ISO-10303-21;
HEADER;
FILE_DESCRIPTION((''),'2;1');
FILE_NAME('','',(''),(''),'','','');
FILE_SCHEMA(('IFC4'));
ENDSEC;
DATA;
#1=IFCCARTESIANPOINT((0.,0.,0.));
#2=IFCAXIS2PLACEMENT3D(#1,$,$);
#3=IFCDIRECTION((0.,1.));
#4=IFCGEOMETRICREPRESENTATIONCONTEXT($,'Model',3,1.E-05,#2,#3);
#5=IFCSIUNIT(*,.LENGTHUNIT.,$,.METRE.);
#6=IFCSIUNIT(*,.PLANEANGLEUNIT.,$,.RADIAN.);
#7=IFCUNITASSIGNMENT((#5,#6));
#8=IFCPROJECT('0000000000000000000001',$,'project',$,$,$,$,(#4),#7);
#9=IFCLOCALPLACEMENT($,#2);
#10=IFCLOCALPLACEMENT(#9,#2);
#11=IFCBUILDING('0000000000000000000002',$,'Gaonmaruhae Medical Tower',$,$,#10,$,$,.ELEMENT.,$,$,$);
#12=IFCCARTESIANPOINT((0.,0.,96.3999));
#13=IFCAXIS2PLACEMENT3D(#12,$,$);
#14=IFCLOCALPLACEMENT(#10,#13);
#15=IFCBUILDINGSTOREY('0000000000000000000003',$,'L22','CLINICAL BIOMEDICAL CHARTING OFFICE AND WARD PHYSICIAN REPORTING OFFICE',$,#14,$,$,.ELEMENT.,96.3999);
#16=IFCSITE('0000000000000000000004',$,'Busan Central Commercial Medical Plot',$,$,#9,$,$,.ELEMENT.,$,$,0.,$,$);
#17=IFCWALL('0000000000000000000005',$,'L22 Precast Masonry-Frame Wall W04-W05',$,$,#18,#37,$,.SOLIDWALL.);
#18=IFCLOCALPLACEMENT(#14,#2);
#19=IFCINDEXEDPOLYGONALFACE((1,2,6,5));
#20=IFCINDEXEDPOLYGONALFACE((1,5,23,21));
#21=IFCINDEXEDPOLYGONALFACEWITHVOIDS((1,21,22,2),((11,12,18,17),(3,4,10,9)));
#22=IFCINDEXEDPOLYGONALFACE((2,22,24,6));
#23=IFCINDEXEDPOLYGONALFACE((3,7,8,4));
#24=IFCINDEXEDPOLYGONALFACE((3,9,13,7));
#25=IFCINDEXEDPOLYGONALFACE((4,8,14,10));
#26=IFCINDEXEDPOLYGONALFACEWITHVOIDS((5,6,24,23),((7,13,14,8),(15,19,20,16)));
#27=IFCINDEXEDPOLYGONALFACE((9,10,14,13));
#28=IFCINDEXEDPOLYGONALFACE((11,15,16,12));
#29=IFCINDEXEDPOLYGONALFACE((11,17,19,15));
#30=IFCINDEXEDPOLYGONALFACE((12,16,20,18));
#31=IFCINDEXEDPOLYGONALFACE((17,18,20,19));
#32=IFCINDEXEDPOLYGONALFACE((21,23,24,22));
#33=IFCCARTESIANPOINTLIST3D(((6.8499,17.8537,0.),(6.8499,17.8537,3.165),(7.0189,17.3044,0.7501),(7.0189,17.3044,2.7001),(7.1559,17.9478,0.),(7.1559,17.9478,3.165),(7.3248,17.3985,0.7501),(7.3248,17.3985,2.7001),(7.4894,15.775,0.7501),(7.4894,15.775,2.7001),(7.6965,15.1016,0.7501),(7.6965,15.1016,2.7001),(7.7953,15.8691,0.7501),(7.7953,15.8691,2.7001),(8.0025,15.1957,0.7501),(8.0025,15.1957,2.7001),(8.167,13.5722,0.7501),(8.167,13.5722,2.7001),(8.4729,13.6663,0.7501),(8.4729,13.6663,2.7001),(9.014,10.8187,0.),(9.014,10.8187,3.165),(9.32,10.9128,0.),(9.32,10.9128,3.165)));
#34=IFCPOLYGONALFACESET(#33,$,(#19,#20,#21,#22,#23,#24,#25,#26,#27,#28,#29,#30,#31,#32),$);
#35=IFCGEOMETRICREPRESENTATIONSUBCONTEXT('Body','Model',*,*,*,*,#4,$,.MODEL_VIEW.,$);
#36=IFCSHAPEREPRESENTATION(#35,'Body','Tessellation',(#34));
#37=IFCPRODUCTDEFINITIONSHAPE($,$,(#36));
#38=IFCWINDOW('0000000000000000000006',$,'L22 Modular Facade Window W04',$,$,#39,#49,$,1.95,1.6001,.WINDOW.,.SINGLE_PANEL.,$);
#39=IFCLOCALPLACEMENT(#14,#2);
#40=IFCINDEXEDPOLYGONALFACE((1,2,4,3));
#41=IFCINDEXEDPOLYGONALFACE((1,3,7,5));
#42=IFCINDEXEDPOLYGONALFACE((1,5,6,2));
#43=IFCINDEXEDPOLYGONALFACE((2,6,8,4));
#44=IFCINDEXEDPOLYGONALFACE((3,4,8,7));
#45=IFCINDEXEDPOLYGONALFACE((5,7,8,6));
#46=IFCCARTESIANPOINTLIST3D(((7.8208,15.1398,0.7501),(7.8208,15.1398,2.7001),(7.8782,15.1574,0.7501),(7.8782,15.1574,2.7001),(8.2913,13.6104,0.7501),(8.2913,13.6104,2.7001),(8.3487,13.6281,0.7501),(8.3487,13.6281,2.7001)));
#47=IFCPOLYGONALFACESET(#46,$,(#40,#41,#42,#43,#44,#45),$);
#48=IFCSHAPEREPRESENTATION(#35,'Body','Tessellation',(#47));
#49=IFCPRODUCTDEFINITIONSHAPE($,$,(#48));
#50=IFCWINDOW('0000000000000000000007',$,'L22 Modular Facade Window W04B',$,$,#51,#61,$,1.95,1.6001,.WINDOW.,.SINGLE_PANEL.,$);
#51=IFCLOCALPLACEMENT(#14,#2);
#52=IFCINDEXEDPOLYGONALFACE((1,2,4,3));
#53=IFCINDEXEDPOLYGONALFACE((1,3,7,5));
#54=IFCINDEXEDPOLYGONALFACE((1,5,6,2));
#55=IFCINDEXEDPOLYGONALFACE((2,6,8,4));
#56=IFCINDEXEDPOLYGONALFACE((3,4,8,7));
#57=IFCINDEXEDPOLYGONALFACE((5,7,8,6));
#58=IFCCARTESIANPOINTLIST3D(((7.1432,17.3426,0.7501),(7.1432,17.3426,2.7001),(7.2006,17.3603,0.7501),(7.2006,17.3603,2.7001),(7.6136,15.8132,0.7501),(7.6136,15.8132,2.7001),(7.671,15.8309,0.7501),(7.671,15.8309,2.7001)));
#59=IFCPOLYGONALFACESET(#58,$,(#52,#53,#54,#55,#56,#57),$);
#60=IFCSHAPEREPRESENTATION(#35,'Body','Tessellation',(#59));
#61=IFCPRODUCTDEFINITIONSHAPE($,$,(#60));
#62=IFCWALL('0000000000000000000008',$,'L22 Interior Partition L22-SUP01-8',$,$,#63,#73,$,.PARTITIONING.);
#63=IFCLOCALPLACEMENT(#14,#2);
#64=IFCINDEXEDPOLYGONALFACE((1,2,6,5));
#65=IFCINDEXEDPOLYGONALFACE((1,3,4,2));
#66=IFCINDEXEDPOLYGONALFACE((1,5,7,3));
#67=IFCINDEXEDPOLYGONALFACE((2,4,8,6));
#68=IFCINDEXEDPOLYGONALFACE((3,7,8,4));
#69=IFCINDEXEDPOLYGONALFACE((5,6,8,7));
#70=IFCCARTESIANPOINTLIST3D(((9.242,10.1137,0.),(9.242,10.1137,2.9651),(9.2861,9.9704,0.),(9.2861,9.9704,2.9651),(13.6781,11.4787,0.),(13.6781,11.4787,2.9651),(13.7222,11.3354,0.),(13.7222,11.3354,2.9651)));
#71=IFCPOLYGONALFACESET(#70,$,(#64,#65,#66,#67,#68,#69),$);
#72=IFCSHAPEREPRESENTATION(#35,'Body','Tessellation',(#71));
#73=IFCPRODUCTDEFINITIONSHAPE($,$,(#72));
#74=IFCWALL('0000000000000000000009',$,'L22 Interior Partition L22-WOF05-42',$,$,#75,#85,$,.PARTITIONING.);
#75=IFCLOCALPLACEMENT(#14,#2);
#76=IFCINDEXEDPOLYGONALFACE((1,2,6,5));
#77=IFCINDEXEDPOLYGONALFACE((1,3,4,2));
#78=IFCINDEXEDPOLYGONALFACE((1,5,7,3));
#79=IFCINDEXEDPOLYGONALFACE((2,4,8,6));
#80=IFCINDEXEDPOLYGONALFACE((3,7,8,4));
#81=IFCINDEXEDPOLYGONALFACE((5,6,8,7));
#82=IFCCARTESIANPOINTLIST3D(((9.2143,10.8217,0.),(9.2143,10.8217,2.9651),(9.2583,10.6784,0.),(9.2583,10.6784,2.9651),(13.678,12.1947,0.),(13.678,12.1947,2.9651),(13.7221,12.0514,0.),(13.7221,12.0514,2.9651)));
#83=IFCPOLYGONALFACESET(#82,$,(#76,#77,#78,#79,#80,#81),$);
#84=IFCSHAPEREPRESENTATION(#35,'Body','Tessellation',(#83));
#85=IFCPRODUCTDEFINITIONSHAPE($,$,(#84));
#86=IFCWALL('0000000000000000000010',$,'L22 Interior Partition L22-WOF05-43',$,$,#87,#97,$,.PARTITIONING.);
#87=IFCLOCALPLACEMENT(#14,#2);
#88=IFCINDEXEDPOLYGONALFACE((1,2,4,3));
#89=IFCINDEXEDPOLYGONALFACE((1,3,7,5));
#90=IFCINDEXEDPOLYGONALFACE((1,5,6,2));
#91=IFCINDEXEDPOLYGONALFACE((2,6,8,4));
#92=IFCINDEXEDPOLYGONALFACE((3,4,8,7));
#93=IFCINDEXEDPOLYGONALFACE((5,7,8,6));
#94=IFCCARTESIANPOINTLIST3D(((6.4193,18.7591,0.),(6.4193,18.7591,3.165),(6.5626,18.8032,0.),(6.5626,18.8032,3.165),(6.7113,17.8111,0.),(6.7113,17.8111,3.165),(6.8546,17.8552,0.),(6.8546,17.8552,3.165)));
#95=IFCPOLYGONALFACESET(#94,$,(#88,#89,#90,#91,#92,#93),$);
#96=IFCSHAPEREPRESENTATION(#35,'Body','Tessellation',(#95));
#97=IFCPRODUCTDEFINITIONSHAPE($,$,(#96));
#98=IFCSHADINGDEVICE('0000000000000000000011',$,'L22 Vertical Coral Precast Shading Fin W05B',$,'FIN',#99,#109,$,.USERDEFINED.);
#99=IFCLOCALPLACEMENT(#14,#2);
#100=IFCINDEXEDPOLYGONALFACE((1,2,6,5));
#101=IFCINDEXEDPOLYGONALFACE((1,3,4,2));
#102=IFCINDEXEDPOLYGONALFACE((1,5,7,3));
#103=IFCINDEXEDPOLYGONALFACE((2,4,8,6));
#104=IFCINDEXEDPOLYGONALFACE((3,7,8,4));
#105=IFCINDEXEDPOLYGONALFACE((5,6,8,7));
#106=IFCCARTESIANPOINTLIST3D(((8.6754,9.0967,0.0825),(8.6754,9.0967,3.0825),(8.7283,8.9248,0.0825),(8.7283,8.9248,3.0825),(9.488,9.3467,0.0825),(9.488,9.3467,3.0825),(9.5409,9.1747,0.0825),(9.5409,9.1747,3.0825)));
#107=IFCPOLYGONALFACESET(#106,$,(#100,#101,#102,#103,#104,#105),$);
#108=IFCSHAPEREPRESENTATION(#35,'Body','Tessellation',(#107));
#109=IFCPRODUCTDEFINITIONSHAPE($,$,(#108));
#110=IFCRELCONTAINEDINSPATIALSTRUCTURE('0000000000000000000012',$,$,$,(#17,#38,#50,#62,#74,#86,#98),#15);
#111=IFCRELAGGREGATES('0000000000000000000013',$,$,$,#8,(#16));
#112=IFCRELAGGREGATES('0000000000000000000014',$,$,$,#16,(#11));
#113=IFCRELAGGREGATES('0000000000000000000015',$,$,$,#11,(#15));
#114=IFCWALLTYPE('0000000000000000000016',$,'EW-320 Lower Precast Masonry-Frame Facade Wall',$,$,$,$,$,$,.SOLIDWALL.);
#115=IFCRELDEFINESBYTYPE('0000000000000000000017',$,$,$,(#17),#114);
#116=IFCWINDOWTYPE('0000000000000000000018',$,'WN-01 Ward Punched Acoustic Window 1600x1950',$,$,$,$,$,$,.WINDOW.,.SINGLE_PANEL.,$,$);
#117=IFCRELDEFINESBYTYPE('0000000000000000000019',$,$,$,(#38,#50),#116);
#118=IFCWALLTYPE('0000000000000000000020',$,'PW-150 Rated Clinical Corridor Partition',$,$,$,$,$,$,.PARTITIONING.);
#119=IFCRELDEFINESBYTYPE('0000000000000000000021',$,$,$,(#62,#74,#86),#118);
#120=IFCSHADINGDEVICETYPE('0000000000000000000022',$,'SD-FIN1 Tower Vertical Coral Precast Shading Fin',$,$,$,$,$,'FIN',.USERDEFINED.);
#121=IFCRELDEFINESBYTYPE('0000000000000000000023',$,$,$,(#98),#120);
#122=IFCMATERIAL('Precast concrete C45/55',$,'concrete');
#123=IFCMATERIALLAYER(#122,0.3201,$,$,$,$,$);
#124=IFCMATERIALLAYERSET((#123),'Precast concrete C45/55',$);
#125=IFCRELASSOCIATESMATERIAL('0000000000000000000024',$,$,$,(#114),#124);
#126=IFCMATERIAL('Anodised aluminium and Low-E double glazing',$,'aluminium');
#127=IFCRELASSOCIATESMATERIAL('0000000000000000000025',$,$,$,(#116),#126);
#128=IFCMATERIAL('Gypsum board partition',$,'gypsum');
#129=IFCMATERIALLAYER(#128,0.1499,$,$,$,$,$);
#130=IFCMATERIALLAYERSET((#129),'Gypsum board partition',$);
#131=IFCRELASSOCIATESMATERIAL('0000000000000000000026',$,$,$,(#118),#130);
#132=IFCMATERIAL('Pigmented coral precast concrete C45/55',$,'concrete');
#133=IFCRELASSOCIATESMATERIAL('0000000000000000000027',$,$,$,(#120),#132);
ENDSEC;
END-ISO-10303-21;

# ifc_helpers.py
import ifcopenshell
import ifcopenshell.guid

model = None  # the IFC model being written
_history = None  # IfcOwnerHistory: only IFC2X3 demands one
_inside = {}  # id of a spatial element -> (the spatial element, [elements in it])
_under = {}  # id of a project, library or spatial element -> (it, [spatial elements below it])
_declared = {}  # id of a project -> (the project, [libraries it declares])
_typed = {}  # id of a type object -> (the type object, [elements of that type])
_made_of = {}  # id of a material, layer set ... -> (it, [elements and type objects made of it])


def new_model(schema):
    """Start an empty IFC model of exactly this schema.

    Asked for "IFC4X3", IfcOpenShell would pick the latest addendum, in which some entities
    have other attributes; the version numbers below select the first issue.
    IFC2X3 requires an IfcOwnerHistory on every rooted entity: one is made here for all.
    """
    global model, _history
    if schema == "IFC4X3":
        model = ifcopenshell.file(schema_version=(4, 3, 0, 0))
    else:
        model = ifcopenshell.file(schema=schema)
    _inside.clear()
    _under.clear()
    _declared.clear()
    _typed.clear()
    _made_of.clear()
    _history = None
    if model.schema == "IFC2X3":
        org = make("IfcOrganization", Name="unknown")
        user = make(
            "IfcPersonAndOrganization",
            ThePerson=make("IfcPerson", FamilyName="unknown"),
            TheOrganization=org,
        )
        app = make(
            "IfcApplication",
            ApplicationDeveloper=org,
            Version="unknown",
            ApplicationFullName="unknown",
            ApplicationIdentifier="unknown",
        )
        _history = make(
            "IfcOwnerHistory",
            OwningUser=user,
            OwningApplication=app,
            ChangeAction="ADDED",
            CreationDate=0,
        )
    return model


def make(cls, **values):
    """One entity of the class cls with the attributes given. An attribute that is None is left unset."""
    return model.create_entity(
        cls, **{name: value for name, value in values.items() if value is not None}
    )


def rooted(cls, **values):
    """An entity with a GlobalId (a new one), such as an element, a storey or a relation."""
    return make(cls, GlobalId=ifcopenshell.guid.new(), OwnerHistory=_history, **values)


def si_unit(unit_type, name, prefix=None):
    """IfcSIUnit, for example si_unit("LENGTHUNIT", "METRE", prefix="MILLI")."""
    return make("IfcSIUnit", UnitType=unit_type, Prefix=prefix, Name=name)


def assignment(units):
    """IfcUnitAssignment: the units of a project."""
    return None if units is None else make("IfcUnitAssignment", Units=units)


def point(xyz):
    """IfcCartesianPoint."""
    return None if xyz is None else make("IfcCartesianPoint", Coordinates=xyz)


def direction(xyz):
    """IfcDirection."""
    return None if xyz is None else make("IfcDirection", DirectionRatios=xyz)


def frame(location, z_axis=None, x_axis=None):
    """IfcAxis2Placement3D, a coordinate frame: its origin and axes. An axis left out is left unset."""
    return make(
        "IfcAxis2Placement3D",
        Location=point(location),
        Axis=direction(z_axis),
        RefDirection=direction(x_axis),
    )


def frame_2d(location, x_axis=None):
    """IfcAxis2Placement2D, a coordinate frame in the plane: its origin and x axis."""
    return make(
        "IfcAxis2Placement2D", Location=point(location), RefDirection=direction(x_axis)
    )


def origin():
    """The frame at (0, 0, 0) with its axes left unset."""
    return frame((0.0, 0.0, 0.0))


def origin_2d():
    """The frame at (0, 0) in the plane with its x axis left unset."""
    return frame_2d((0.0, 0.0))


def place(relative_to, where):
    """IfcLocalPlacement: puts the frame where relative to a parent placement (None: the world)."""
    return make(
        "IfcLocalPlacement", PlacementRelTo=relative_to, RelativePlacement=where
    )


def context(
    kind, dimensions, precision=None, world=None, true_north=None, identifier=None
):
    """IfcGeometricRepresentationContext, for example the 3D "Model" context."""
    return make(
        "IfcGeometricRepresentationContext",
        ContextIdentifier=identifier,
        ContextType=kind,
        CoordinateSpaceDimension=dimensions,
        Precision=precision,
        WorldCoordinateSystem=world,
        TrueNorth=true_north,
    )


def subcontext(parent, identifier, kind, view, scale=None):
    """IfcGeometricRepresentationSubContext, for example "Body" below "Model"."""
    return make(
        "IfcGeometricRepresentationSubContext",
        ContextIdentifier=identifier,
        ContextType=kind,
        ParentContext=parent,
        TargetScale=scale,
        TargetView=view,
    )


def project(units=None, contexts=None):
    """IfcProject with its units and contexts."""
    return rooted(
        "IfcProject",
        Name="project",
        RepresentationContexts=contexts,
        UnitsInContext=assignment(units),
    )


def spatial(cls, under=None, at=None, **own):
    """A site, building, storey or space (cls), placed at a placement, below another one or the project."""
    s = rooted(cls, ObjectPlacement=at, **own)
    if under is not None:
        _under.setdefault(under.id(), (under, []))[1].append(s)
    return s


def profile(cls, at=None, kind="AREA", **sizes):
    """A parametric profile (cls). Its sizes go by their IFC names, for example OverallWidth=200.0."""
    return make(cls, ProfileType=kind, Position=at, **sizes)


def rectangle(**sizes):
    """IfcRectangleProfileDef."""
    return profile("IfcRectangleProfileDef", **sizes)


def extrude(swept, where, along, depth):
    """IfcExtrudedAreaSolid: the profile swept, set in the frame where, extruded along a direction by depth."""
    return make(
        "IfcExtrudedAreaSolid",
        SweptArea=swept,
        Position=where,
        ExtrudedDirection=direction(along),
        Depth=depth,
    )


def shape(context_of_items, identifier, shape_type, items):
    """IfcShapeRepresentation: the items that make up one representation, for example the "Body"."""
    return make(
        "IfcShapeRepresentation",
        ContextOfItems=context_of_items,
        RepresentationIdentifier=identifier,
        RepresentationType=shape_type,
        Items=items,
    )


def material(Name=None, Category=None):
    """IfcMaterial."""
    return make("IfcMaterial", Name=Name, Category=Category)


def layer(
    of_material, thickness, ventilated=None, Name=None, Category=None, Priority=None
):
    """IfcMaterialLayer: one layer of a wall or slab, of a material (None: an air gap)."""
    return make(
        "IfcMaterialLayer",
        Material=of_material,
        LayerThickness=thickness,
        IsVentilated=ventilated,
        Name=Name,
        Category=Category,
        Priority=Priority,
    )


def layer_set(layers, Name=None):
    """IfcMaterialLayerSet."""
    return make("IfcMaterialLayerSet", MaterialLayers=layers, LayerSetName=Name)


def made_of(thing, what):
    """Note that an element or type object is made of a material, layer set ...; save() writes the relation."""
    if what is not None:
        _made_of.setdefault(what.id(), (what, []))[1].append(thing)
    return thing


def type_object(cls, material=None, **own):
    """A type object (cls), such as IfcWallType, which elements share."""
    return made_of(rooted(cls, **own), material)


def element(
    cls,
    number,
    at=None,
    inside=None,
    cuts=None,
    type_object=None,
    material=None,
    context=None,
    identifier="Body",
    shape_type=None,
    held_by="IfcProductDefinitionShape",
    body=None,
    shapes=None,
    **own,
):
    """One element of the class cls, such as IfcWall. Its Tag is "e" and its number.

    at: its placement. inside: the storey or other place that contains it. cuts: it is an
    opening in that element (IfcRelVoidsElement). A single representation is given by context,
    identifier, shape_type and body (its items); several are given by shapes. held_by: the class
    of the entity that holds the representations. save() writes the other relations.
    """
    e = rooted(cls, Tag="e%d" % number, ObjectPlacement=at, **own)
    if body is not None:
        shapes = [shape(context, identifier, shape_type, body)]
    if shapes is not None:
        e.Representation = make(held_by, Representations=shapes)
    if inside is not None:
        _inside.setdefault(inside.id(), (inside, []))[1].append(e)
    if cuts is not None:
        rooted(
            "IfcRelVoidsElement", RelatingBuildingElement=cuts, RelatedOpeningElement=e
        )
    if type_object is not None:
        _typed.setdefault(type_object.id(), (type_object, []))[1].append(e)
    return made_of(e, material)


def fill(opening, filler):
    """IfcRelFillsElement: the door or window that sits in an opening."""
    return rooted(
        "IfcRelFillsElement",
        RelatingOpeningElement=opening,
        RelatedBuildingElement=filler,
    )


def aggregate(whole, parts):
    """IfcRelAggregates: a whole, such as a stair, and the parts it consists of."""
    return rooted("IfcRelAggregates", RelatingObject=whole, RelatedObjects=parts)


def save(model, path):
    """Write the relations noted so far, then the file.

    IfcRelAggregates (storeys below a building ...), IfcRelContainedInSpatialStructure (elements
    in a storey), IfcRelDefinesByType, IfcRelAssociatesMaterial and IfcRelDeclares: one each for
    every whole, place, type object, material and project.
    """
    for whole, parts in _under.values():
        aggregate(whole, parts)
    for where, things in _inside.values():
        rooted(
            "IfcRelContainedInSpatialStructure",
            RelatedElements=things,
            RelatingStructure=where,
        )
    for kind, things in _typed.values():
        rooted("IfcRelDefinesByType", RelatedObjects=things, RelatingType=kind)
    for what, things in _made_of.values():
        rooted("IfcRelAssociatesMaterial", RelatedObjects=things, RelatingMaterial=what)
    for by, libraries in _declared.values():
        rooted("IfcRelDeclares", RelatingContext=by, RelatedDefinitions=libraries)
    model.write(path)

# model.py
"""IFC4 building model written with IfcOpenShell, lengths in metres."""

from ifc_helpers import new_model, si_unit, direction, frame, frame_2d, origin, origin_2d, place, context, subcontext, project, spatial, rectangle, extrude, material, layer, layer_set, type_object, element, fill, save


model = new_model("IFC4")

# Units and contexts
model_context = context("Model", 3, precision=1e-05, world=origin(), true_north=direction((0.0, 1.0)))
body_context = subcontext(model_context, "Body", "Model", "MODEL_VIEW")
ifc_project = project(units=[si_unit("LENGTHUNIT", "METRE"), si_unit("PLANEANGLEUNIT", "RADIAN")], contexts=[model_context])

# Site, building, storey
site_placement = place(None, origin())
site = spatial("IfcSite", under=ifc_project, at=site_placement, Name="Busan Central Commercial Medical Plot", CompositionType="ELEMENT", RefElevation=0.0)
building_placement = place(site_placement, origin())
building = spatial("IfcBuilding", under=site, at=building_placement, Name="Gaonmaruhae Medical Tower", CompositionType="ELEMENT")
storey_placement = place(building_placement, frame((0.0, 0.0, 96.3999)))
storey = spatial("IfcBuildingStorey", under=building, at=storey_placement, Name="L22", Description="CLINICAL BIOMEDICAL CHARTING OFFICE AND WARD PHYSICIAN REPORTING OFFICE", CompositionType="ELEMENT", Elevation=96.3999)

# Wall, openings, windows
ifc_material_1 = material(Name="Precast concrete C45/55", Category="concrete")
ifc_layer_1 = layer(ifc_material_1, 0.3201)
ifc_layer_set_1 = layer_set([ifc_layer_1], Name="Precast concrete C45/55")
wall_type_1 = type_object("IfcWallType", Name="EW-320 Lower Precast Masonry-Frame Facade Wall", PredefinedType="SOLIDWALL", material=ifc_layer_set_1)
wall_1_placement = place(storey_placement, frame((9.167, 10.8657, 0.0), z_axis=(0.0, 0.0, 1.0), x_axis=(-0.294021, 0.955799, 0.0)))
wall_1 = element("IfcWall", 1, at=wall_1_placement, inside=storey, type_object=wall_type_1, Name="L22 Precast Masonry-Frame Wall W04-W05", PredefinedType="SOLIDWALL", context=body_context, shape_type="SweptSolid", body=[
    extrude(rectangle(XDim=7.3604, YDim=0.3201, at=frame_2d((3.6802, 0.0))), origin(), (0.0, 0.0, 1.0), 3.165),
])
opening_1_placement = place(wall_1_placement, frame((2.8809, 0.0, 0.75)))
opening_1 = element("IfcOpeningElement", 2, at=opening_1_placement, cuts=wall_1, PredefinedType="OPENING", context=body_context, shape_type="SweptSolid", body=[
    extrude(rectangle(XDim=1.6001, YDim=1.95, at=frame_2d((0.8, 0.9751))), frame((0.0, 0.1699, 0.0), z_axis=(0.0, -1.0, 0.0), x_axis=(1.0, 0.0, 0.0)), (0.0, 0.0, 1.0), 0.3401),
])
opening_2_placement = place(wall_1_placement, frame((5.1855, 0.0, 0.75)))
opening_2 = element("IfcOpeningElement", 3, at=opening_2_placement, cuts=wall_1, PredefinedType="OPENING", context=body_context, shape_type="SweptSolid", body=[
    extrude(rectangle(XDim=1.6001, YDim=1.95, at=frame_2d((0.8, 0.9751))), frame((0.0, 0.1699, 0.0), z_axis=(0.0, -1.0, 0.0), x_axis=(1.0, 0.0, 0.0)), (0.0, 0.0, 1.0), 0.3401),
])
ifc_material_2 = material(Name="Anodised aluminium and Low-E double glazing", Category="aluminium")
window_type = type_object("IfcWindowType", Name="WN-01 Ward Punched Acoustic Window 1600x1950", PartitioningType="SINGLE_PANEL", PredefinedType="WINDOW", material=ifc_material_2)
window_1_placement = place(opening_1_placement, origin())
window_1 = element("IfcWindow", 4, at=window_1_placement, inside=storey, type_object=window_type, Name="L22 Modular Facade Window W04", OverallHeight=1.95, OverallWidth=1.6001, PartitioningType="SINGLE_PANEL", PredefinedType="WINDOW", context=body_context, shape_type="SweptSolid", body=[
    extrude(rectangle(XDim=1.6001, YDim=1.95, at=frame_2d((0.8, 0.9751))), frame((0.0, 0.03, 0.0), z_axis=(0.0, -1.0, 0.0), x_axis=(1.0, 0.0, 0.0)), (0.0, 0.0, 1.0), 0.0601),
])
fill(opening_1, window_1)
window_2_placement = place(opening_2_placement, origin())
window_2 = element("IfcWindow", 5, at=window_2_placement, inside=storey, type_object=window_type, Name="L22 Modular Facade Window W04B", OverallHeight=1.95, OverallWidth=1.6001, PartitioningType="SINGLE_PANEL", PredefinedType="WINDOW", context=body_context, shape_type="SweptSolid", body=[
    extrude(rectangle(XDim=1.6001, YDim=1.95, at=frame_2d((0.8, 0.9751))), frame((0.0, 0.03, 0.0), z_axis=(0.0, -1.0, 0.0), x_axis=(1.0, 0.0, 0.0)), (0.0, 0.0, 1.0), 0.0601),
])
fill(opening_2, window_2)

# Walls
ifc_material_3 = material(Name="Gypsum board partition", Category="gypsum")
ifc_layer_2 = layer(ifc_material_3, 0.1499)
ifc_layer_set_2 = layer_set([ifc_layer_2], Name="Gypsum board partition")
wall_type_2 = type_object("IfcWallType", Name="PW-150 Rated Clinical Corridor Partition", PredefinedType="PARTITIONING", material=ifc_layer_set_2)
wall_2_placement = place(storey_placement, frame((9.2639, 10.042, 0.0), z_axis=(0.0, 0.0, 1.0), x_axis=(0.955776, 0.294097, 0.0)))
element("IfcWall", 6, at=wall_2_placement, inside=storey, type_object=wall_type_2, Name="L22 Interior Partition L22-SUP01-8", PredefinedType="PARTITIONING", context=body_context, shape_type="SweptSolid", body=[
    extrude(rectangle(XDim=4.6414, YDim=0.1499, at=frame_2d((2.3208, 0.0))), origin(), (0.0, 0.0, 1.0), 2.9651),
])
wall_3_placement = place(storey_placement, frame((13.7, 12.123, 0.0), z_axis=(0.0, 0.0, 1.0), x_axis=(-0.955806, -0.293998, 0.0)))
element("IfcWall", 7, at=wall_3_placement, inside=storey, type_object=wall_type_2, Name="L22 Interior Partition L22-WOF05-42", PredefinedType="PARTITIONING", context=body_context, shape_type="SweptSolid", body=[
    extrude(rectangle(XDim=4.6702, YDim=0.1499, at=frame_2d((2.335, 0.0))), origin(), (0.0, 0.0, 1.0), 2.9651),
])
wall_4_placement = place(storey_placement, frame((6.783, 17.833, 0.0), z_axis=(0.0, 0.0, 1.0), x_axis=(-0.294363, 0.955694, 0.0)))
element("IfcWall", 8, at=wall_4_placement, inside=storey, type_object=wall_type_2, Name="L22 Interior Partition L22-WOF05-43", PredefinedType="PARTITIONING", context=body_context, shape_type="SweptSolid", body=[
    extrude(rectangle(XDim=0.9919, YDim=0.1499, at=frame_2d((0.4961, 0.0))), origin(), (0.0, 0.0, 1.0), 3.165),
])

# Shading device
ifc_material_4 = material(Name="Pigmented coral precast concrete C45/55", Category="concrete")
shading_device_type = type_object("IfcShadingDeviceType", Name="SD-FIN1 Tower Vertical Coral Precast Shading Fin", ElementType="FIN", PredefinedType="USERDEFINED", material=ifc_material_4)
shading_device_placement = place(storey_placement, frame((9.1082, 9.1357, 0.0825), z_axis=(0.0, 0.0, 1.0), x_axis=(-0.29404, 0.955793, 0.0)))
element("IfcShadingDevice", 9, at=shading_device_placement, inside=storey, type_object=shading_device_type, Name="L22 Vertical Coral Precast Shading Fin W05B", ObjectType="FIN", PredefinedType="USERDEFINED", context=body_context, shape_type="SweptSolid", body=[
    extrude(rectangle(XDim=0.1799, YDim=0.8501, at=origin_2d()), origin(), (0.0, 0.0, 1.0), 3.0),
])

save(model, "model.ifc")
